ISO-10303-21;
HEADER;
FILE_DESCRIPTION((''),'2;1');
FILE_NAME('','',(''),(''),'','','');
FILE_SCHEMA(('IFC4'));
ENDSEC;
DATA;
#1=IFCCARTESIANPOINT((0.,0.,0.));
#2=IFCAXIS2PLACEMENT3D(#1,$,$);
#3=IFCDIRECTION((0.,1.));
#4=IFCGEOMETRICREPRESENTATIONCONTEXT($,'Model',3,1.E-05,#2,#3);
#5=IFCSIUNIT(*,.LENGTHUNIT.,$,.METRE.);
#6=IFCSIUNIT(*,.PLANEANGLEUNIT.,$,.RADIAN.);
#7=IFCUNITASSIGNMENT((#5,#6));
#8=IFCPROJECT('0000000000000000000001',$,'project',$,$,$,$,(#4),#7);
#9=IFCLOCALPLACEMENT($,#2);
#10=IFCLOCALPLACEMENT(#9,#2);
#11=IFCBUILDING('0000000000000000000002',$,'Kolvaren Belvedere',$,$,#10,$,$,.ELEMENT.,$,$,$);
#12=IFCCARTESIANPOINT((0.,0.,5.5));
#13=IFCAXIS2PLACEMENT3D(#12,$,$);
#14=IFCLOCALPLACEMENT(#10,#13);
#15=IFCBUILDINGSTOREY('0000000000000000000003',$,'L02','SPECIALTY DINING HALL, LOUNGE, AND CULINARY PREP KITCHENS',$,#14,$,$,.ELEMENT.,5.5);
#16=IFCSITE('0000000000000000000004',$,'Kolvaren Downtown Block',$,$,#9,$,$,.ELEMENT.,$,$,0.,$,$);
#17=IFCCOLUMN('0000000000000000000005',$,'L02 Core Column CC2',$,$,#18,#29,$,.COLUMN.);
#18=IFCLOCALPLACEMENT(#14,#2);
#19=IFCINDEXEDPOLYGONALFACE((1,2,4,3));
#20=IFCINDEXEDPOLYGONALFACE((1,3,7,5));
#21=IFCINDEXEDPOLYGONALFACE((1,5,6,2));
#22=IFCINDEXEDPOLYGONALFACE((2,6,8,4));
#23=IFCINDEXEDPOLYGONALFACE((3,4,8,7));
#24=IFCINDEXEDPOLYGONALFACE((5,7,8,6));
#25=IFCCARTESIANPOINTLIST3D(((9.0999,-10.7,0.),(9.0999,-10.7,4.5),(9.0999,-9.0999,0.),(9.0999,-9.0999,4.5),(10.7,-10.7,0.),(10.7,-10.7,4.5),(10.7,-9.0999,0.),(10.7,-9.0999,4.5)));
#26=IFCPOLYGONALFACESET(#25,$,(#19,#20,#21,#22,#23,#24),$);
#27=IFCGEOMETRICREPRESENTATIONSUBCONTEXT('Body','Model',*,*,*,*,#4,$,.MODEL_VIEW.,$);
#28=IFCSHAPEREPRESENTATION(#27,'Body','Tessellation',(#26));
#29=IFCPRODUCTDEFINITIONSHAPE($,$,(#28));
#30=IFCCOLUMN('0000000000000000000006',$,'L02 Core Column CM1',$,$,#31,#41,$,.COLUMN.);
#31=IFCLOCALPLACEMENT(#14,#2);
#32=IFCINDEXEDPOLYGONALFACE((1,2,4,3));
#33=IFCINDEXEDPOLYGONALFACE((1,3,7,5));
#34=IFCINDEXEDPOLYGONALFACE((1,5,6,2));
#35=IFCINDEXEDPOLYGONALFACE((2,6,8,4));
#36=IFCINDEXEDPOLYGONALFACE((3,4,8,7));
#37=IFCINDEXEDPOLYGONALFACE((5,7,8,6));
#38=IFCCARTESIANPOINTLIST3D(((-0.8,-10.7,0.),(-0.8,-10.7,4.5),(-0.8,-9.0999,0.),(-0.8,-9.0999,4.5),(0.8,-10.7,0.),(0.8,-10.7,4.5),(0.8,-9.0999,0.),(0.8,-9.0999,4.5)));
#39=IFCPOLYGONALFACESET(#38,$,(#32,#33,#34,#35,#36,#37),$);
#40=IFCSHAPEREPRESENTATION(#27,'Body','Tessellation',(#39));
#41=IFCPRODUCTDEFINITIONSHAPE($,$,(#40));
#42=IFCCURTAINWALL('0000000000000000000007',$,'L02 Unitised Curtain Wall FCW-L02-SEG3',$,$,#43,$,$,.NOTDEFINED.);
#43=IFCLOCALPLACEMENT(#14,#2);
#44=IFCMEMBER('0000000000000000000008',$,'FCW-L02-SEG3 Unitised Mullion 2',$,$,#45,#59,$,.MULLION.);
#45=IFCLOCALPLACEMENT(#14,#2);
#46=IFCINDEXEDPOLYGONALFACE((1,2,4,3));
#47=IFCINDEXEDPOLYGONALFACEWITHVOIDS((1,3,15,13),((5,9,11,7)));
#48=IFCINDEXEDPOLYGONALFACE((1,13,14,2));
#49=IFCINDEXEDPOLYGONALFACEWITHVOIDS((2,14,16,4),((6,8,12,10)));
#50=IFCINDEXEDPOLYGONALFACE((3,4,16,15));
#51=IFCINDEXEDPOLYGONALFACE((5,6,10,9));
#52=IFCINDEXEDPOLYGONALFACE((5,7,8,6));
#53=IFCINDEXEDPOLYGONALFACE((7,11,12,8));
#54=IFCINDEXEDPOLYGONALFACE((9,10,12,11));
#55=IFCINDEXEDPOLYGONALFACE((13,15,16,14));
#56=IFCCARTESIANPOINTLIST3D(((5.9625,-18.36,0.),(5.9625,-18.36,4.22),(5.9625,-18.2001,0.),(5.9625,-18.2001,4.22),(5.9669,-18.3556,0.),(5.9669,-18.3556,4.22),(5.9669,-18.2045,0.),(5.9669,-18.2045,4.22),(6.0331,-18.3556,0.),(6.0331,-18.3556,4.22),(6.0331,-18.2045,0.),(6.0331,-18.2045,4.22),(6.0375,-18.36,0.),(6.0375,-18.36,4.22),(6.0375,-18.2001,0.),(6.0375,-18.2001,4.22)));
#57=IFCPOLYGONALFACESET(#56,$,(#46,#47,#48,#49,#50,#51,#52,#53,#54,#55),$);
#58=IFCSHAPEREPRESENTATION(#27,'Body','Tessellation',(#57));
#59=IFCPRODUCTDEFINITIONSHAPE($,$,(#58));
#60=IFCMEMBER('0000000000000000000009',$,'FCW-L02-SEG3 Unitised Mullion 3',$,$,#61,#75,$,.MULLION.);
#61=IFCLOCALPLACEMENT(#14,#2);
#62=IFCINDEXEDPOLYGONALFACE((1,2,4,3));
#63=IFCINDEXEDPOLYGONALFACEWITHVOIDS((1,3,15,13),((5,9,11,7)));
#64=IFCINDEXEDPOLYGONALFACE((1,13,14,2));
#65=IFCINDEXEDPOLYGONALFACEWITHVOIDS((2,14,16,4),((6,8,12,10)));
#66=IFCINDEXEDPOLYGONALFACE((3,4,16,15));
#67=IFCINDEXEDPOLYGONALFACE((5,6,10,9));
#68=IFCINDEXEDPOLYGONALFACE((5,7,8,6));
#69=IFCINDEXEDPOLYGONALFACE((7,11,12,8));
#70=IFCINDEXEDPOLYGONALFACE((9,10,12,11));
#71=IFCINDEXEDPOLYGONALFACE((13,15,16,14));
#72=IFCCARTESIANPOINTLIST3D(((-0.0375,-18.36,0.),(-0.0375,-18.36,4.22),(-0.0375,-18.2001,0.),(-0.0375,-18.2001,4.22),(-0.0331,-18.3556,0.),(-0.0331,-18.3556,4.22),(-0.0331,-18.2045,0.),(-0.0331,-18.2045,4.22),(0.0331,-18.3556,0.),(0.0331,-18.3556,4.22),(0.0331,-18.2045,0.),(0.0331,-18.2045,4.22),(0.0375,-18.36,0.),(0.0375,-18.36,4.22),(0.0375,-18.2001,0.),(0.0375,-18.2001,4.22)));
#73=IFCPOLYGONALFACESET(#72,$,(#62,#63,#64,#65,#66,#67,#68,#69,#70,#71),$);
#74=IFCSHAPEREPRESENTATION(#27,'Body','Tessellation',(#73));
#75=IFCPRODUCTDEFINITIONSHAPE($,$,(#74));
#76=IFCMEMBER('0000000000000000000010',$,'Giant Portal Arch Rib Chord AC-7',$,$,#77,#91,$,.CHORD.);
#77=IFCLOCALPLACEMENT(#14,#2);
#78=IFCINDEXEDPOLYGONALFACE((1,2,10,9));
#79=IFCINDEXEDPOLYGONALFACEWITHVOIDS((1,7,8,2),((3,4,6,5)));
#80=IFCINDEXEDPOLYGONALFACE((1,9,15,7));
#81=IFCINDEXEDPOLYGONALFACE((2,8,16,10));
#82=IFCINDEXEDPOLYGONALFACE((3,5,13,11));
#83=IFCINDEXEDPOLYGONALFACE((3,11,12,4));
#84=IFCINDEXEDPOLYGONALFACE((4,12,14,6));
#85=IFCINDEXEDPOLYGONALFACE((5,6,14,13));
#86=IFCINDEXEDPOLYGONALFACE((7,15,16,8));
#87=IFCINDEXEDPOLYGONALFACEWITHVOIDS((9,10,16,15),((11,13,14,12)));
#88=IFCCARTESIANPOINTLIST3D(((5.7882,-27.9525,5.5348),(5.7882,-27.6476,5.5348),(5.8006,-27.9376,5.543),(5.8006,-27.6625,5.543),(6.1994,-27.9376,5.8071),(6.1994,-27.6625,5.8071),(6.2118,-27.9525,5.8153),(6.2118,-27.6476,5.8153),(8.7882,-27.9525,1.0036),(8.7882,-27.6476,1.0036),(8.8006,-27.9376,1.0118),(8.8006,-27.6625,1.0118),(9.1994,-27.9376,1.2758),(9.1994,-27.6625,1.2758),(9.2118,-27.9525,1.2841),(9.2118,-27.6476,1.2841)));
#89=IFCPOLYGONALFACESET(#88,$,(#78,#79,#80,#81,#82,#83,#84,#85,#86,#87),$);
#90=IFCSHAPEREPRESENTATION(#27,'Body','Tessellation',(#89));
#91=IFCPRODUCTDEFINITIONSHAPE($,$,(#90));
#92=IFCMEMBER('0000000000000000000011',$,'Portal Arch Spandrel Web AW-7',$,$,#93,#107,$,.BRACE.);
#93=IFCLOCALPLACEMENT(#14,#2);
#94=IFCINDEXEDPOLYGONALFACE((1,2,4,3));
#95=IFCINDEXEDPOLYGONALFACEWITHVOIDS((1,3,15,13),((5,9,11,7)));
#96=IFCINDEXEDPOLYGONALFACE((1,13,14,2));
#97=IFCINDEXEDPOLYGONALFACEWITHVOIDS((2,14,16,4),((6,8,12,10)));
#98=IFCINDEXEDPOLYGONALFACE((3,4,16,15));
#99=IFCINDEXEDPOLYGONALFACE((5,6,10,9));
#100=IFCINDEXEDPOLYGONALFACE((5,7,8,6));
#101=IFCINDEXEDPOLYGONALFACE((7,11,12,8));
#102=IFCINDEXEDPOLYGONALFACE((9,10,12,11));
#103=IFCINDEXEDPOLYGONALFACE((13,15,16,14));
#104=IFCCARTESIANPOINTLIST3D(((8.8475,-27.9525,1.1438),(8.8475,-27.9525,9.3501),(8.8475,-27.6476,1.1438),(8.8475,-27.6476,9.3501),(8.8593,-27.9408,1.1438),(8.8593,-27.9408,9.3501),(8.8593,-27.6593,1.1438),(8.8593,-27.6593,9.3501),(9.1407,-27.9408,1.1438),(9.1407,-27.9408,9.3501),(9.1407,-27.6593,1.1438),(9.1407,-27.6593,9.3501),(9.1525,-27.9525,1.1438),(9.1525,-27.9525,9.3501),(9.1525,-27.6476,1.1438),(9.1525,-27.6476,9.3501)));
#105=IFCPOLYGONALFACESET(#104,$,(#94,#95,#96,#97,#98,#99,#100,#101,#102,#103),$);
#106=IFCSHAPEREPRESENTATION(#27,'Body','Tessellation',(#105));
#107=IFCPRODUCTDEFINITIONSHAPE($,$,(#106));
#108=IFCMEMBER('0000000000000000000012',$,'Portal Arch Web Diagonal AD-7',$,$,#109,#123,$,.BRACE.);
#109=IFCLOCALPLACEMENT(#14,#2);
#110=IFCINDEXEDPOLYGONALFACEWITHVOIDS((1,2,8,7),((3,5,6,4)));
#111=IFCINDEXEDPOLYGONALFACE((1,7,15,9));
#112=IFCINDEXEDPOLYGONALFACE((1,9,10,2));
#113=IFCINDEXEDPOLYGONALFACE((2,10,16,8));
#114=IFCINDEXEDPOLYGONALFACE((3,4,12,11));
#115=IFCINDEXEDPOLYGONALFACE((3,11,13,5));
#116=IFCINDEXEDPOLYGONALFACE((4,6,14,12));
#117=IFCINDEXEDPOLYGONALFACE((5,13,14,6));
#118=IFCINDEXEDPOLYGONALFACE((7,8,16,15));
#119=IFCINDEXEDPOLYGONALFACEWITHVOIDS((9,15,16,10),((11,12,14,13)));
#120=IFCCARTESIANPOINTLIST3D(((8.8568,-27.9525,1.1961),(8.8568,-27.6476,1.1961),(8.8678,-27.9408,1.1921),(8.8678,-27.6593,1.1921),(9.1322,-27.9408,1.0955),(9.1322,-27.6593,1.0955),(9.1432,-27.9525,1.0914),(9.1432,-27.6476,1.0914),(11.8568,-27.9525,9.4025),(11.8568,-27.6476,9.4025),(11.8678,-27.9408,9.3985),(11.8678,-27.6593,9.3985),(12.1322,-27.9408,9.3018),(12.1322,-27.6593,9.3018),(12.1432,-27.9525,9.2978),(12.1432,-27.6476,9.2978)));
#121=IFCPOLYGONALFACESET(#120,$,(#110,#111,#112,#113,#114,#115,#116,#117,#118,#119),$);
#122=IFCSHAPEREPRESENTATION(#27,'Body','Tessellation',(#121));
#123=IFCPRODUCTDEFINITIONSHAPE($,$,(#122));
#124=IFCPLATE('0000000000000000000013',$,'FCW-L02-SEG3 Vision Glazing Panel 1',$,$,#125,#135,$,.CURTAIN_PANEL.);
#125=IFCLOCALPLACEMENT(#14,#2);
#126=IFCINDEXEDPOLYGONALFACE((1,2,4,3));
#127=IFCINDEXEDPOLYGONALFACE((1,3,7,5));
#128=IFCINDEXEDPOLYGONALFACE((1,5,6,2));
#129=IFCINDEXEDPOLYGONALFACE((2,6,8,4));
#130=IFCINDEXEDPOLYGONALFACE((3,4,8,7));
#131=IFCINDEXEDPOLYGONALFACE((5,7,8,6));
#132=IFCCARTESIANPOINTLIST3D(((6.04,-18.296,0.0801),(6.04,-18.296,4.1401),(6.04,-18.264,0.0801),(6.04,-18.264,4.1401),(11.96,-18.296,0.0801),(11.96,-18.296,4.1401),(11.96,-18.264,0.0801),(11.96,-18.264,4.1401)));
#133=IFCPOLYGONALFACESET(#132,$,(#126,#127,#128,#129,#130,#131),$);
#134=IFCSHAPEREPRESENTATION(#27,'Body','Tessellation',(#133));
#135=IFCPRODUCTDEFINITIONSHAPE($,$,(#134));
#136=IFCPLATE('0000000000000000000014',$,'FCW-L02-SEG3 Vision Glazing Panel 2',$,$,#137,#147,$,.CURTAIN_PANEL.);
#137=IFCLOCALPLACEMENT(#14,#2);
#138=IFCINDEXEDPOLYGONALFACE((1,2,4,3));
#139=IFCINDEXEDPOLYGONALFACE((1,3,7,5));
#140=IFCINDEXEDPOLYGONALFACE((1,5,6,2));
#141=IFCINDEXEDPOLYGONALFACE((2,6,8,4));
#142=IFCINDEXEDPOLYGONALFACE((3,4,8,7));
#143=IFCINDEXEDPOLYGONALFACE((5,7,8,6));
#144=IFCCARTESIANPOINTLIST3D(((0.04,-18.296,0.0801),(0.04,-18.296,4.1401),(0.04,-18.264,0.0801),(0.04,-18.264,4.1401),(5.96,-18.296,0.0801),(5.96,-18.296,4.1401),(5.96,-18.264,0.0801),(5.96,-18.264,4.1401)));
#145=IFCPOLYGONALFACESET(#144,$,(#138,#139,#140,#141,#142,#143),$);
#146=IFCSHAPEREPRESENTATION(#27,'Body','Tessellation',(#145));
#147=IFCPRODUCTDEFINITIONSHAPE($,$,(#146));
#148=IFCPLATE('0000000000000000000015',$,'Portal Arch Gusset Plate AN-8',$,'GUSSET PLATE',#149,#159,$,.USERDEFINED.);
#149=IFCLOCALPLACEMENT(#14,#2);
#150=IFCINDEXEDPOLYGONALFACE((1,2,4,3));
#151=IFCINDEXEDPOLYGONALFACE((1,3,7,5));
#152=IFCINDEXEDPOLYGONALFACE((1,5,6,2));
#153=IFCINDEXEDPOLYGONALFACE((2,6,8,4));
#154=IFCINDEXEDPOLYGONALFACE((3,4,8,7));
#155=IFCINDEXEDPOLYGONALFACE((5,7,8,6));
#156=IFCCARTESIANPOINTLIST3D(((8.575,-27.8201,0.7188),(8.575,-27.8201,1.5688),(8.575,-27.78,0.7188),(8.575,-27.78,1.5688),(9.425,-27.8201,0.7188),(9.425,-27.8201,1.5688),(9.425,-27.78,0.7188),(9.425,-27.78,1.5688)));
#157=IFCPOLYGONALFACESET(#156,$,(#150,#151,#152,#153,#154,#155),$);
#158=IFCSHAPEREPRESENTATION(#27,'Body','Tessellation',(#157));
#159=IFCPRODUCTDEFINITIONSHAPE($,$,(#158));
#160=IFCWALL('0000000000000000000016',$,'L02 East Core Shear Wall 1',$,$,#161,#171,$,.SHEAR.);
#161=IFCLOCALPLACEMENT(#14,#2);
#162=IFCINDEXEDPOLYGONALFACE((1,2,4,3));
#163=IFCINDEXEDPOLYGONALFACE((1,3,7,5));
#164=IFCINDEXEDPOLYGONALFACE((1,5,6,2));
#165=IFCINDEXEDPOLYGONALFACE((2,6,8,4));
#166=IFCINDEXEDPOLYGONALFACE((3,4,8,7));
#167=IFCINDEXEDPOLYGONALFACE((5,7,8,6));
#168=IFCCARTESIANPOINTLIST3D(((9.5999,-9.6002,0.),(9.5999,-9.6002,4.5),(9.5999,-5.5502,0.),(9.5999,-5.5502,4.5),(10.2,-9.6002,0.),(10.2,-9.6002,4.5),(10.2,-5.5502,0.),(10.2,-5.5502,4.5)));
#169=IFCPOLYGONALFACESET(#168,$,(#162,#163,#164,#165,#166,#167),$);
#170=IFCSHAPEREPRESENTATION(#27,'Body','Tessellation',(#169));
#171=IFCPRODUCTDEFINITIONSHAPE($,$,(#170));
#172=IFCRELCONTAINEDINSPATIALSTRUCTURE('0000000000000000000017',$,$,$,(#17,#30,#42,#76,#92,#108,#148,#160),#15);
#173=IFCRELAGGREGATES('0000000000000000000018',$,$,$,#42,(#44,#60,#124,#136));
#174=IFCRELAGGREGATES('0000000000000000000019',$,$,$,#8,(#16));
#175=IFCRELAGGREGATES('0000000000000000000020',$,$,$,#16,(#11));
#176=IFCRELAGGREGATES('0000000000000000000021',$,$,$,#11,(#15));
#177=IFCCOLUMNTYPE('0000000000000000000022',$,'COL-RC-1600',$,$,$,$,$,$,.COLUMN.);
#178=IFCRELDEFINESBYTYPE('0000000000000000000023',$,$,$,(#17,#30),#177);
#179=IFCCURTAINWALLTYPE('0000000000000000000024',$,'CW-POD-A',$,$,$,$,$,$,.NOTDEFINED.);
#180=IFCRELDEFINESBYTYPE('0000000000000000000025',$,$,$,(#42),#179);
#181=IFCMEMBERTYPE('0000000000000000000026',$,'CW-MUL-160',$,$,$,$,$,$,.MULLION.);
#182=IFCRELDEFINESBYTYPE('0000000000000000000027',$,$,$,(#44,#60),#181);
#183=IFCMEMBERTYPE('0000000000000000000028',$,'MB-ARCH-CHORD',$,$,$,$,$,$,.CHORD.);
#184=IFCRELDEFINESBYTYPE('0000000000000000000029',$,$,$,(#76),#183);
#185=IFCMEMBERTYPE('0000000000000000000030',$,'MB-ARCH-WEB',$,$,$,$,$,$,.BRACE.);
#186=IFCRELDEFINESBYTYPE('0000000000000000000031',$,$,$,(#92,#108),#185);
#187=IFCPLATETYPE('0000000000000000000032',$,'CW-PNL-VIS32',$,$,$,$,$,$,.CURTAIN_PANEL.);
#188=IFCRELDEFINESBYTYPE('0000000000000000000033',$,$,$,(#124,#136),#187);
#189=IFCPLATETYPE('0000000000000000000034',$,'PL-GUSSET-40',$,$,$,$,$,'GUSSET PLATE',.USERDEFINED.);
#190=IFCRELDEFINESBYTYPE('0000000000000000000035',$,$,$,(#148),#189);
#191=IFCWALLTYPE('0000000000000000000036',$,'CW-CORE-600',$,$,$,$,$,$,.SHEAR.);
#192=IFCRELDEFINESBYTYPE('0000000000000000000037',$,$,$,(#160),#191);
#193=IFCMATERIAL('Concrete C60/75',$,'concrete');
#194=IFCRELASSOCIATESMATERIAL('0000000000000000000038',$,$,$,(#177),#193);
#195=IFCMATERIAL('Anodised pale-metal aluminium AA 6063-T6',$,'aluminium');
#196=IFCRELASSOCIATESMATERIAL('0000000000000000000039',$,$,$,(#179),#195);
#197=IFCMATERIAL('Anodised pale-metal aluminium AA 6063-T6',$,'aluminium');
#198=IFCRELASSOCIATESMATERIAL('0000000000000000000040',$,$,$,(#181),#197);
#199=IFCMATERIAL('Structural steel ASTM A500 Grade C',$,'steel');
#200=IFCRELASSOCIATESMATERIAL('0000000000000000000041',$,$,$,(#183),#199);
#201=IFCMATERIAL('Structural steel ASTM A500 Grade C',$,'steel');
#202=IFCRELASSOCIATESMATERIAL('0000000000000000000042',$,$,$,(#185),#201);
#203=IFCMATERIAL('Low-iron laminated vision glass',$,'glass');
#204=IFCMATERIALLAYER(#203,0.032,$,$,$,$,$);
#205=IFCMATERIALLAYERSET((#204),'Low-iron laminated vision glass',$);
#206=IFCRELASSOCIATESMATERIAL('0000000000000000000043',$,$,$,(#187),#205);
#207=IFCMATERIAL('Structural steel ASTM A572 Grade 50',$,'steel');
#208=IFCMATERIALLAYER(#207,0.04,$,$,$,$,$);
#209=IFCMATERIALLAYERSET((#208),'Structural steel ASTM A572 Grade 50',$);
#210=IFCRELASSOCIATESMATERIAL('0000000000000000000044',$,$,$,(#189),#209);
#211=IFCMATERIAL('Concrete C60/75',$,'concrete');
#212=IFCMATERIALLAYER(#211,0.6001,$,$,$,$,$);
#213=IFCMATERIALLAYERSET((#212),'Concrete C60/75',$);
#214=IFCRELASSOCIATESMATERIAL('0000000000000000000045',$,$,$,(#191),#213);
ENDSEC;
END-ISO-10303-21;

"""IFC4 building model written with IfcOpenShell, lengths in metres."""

from ifc_helpers import new_model, si_unit, direction, frame, frame_2d, origin, origin_2d, place, context, subcontext, project, spatial, rectangle, hollow_rectangle, extrude, material, layer, layer_set, material_profile, profile_set, type_object, element, aggregate, save


model = new_model("IFC4")

# Units and contexts
model_context = context("Model", 3, precision=1e-05, world=origin(), true_north=direction((0.0, 1.0)))
body_context = subcontext(model_context, "Body", "Model", "MODEL_VIEW")
ifc_project = project(units=[si_unit("LENGTHUNIT", "METRE"), si_unit("PLANEANGLEUNIT", "RADIAN")], contexts=[model_context])

# Site, building, storey
site_placement = place(None, origin())
site = spatial("IfcSite", under=ifc_project, at=site_placement, Name="Kolvaren Downtown Block", CompositionType="ELEMENT", RefElevation=0.0)
building_placement = place(site_placement, origin())
building = spatial("IfcBuilding", under=site, at=building_placement, Name="Kolvaren Belvedere", CompositionType="ELEMENT")
storey_placement = place(building_placement, frame((0.0, 0.0, 5.5)))
storey = spatial("IfcBuildingStorey", under=building, at=storey_placement, Name="L02", Description="SPECIALTY DINING HALL, LOUNGE, AND CULINARY PREP KITCHENS", CompositionType="ELEMENT", Elevation=5.5)

# Columns
ifc_material_1 = material(Name="Concrete C60/75", Category="concrete")
ifc_material_profile_1 = material_profile(ifc_material_1, rectangle(XDim=1.6001, YDim=1.6001, at=origin_2d()), Name="RC 1600X1600")
ifc_profile_set_1 = profile_set([ifc_material_profile_1], Name="Concrete C60/75")
column_type = type_object("IfcColumnType", Name="COL-RC-1600", PredefinedType="COLUMN", material=ifc_profile_set_1)
for number, where, z_axis, x_axis, name in (
    (1, (9.8999, -9.8999, 0.0), (0.0, 0.0, 1.0), (1.0, 0.0, 0.0), "L02 Core Column CC2"),
    (2, (0.0, -9.8999, 0.0), (0.0, 0.0, 1.0), (1.0, 0.0, 0.0), "L02 Core Column CM1"),
):
    element("IfcColumn", number, at=place(storey_placement, frame(where, z_axis=z_axis, x_axis=x_axis)), inside=storey, type_object=column_type, Name=name, PredefinedType="COLUMN", context=body_context, shape_type="SweptSolid", body=[
        extrude(rectangle(XDim=1.6001, YDim=1.6001, at=origin_2d()), origin(), (0.0, 0.0, 1.0), 4.5),
    ])

# Curtain wall, members
ifc_material_2 = material(Name="Anodised pale-metal aluminium AA 6063-T6", Category="aluminium")
curtain_wall_type = type_object("IfcCurtainWallType", Name="CW-POD-A", PredefinedType="NOTDEFINED", material=ifc_material_2)
curtain_wall_placement = place(storey_placement, origin())
curtain_wall = element("IfcCurtainWall", 3, at=curtain_wall_placement, inside=storey, type_object=curtain_wall_type, Name="L02 Unitised Curtain Wall FCW-L02-SEG3", PredefinedType="NOTDEFINED")
ifc_material_3 = material(Name="Anodised pale-metal aluminium AA 6063-T6", Category="aluminium")
ifc_material_profile_2 = material_profile(ifc_material_3, hollow_rectangle(XDim=0.075, YDim=0.1599, WallThickness=0.0044, at=origin_2d()), Name="ALU-MUL-160X75")
ifc_profile_set_2 = profile_set([ifc_material_profile_2], Name="Anodised pale-metal aluminium AA 6063-T6")
member_type_1 = type_object("IfcMemberType", Name="CW-MUL-160", PredefinedType="MULLION", material=ifc_profile_set_2)
member_1_placement = place(storey_placement, frame((6.0, -18.28, 0.0), z_axis=(0.0, 0.0, 1.0), x_axis=(1.0, 0.0, 0.0)))
member_1 = element("IfcMember", 4, at=member_1_placement, type_object=member_type_1, Name="FCW-L02-SEG3 Unitised Mullion 2", PredefinedType="MULLION", context=body_context, shape_type="SweptSolid", body=[
    extrude(hollow_rectangle(XDim=0.075, YDim=0.1599, WallThickness=0.0044, at=origin_2d()), origin(), (0.0, 0.0, 1.0), 4.22),
])
member_2_placement = place(storey_placement, frame((0.0, -18.28, 0.0), z_axis=(0.0, 0.0, 1.0), x_axis=(1.0, 0.0, 0.0)))
member_2 = element("IfcMember", 5, at=member_2_placement, type_object=member_type_1, Name="FCW-L02-SEG3 Unitised Mullion 3", PredefinedType="MULLION", context=body_context, shape_type="SweptSolid", body=[
    extrude(hollow_rectangle(XDim=0.075, YDim=0.1599, WallThickness=0.0044, at=origin_2d()), origin(), (0.0, 0.0, 1.0), 4.22),
])

# Members
ifc_material_4 = material(Name="Structural steel ASTM A500 Grade C", Category="steel")
ifc_material_profile_3 = material_profile(ifc_material_4, hollow_rectangle(XDim=0.3049, YDim=0.5081, WallThickness=0.0149, at=origin_2d()), Name="HSS20X12X5/8")
ifc_profile_set_3 = profile_set([ifc_material_profile_3], Name="Structural steel ASTM A500 Grade C")
member_type_2 = type_object("IfcMemberType", Name="MB-ARCH-CHORD", PredefinedType="CHORD", material=ifc_profile_set_3)
member_3_placement = place(storey_placement, frame((6.0, -27.8, 5.675), z_axis=(0.552043, 0.0, -0.833815), x_axis=(0.0, 1.0, 0.0)))
element("IfcMember", 6, at=member_3_placement, inside=storey, type_object=member_type_2, Name="Giant Portal Arch Rib Chord AC-7", PredefinedType="CHORD", context=body_context, shape_type="SweptSolid", body=[
    extrude(hollow_rectangle(XDim=0.3049, YDim=0.5081, WallThickness=0.0149, at=origin_2d()), origin(), (0.0, 0.0, 1.0), 5.4343),
])
ifc_material_5 = material(Name="Structural steel ASTM A500 Grade C", Category="steel")
ifc_material_profile_4 = material_profile(ifc_material_5, hollow_rectangle(XDim=0.3049, YDim=0.3049, WallThickness=0.0117, at=origin_2d()), Name="HSS12X12X1/2")
ifc_profile_set_4 = profile_set([ifc_material_profile_4], Name="Structural steel ASTM A500 Grade C")
member_type_3 = type_object("IfcMemberType", Name="MB-ARCH-WEB", PredefinedType="BRACE", material=ifc_profile_set_4)
member_4_placement = place(storey_placement, frame((9.0, -27.8, 1.1438), z_axis=(0.0, 0.0, 1.0), x_axis=(1.0, 0.0, 0.0)))
element("IfcMember", 7, at=member_4_placement, inside=storey, type_object=member_type_3, Name="Portal Arch Spandrel Web AW-7", PredefinedType="BRACE", context=body_context, shape_type="SweptSolid", body=[
    extrude(hollow_rectangle(XDim=0.3049, YDim=0.3049, WallThickness=0.0117, at=origin_2d()), origin(), (0.0, 0.0, 1.0), 8.2063),
])
member_5_placement = place(storey_placement, frame((9.0, -27.8, 1.1438), z_axis=(0.343349, 0.0, 0.939208), x_axis=(0.0, 1.0, 0.0)))
element("IfcMember", 8, at=member_5_placement, inside=storey, type_object=member_type_3, Name="Portal Arch Web Diagonal AD-7", PredefinedType="BRACE", context=body_context, shape_type="SweptSolid", body=[
    extrude(hollow_rectangle(XDim=0.3049, YDim=0.3049, WallThickness=0.0117, at=origin_2d()), origin(), (0.0, 0.0, 1.0), 8.7375),
])

# Plates
ifc_material_6 = material(Name="Low-iron laminated vision glass", Category="glass")
ifc_layer_1 = layer(ifc_material_6, 0.032)
ifc_layer_set_1 = layer_set([ifc_layer_1], Name="Low-iron laminated vision glass")
plate_type_1 = type_object("IfcPlateType", Name="CW-PNL-VIS32", PredefinedType="CURTAIN_PANEL", material=ifc_layer_set_1)
plate_1_placement = place(storey_placement, frame((9.0, -18.28, 0.0801), z_axis=(0.0, 0.0, 1.0), x_axis=(-1.0, 0.0, 0.0)))
plate_1 = element("IfcPlate", 9, at=plate_1_placement, type_object=plate_type_1, Name="FCW-L02-SEG3 Vision Glazing Panel 1", PredefinedType="CURTAIN_PANEL", context=body_context, shape_type="SweptSolid", body=[
    extrude(rectangle(XDim=5.9199, YDim=0.032, at=origin_2d()), origin(), (0.0, 0.0, 1.0), 4.0601),
])
plate_2_placement = place(storey_placement, frame((3.0, -18.28, 0.0801), z_axis=(0.0, 0.0, 1.0), x_axis=(-1.0, 0.0, 0.0)))
plate_2 = element("IfcPlate", 10, at=plate_2_placement, type_object=plate_type_1, Name="FCW-L02-SEG3 Vision Glazing Panel 2", PredefinedType="CURTAIN_PANEL", context=body_context, shape_type="SweptSolid", body=[
    extrude(rectangle(XDim=5.9199, YDim=0.032, at=origin_2d()), origin(), (0.0, 0.0, 1.0), 4.0601),
])
aggregate(curtain_wall, [member_1, member_2, plate_1, plate_2])
ifc_material_7 = material(Name="Structural steel ASTM A572 Grade 50", Category="steel")
ifc_layer_2 = layer(ifc_material_7, 0.04)
ifc_layer_set_2 = layer_set([ifc_layer_2], Name="Structural steel ASTM A572 Grade 50")
plate_type_2 = type_object("IfcPlateType", Name="PL-GUSSET-40", ElementType="GUSSET PLATE", PredefinedType="USERDEFINED", material=ifc_layer_set_2)
plate_3_placement = place(storey_placement, frame((9.0, -27.8, 0.7188), z_axis=(0.0, 0.0, 1.0), x_axis=(1.0, 0.0, 0.0)))
element("IfcPlate", 11, at=plate_3_placement, inside=storey, type_object=plate_type_2, Name="Portal Arch Gusset Plate AN-8", ObjectType="GUSSET PLATE", PredefinedType="USERDEFINED", context=body_context, shape_type="SweptSolid", body=[
    extrude(rectangle(XDim=0.8501, YDim=0.04, at=origin_2d()), origin(), (0.0, 0.0, 1.0), 0.8501),
])

# Wall
ifc_material_8 = material(Name="Concrete C60/75", Category="concrete")
ifc_layer_3 = layer(ifc_material_8, 0.6001)
ifc_layer_set_3 = layer_set([ifc_layer_3], Name="Concrete C60/75")
wall_type_1 = type_object("IfcWallType", Name="CW-CORE-600", PredefinedType="SHEAR", material=ifc_layer_set_3)
wall_1_placement = place(storey_placement, frame((9.8999, -9.6001, 0.0), z_axis=(0.0, 0.0, 1.0), x_axis=(0.0, 1.0, 0.0)))
element("IfcWall", 12, at=wall_1_placement, inside=storey, type_object=wall_type_1, Name="L02 East Core Shear Wall 1", PredefinedType="SHEAR", context=body_context, shape_type="SweptSolid", body=[
    extrude(rectangle(XDim=4.05, YDim=0.6001, at=frame_2d((2.0249, 0.0))), origin(), (0.0, 0.0, 1.0), 4.5),
])

save(model, "model.ifc")
